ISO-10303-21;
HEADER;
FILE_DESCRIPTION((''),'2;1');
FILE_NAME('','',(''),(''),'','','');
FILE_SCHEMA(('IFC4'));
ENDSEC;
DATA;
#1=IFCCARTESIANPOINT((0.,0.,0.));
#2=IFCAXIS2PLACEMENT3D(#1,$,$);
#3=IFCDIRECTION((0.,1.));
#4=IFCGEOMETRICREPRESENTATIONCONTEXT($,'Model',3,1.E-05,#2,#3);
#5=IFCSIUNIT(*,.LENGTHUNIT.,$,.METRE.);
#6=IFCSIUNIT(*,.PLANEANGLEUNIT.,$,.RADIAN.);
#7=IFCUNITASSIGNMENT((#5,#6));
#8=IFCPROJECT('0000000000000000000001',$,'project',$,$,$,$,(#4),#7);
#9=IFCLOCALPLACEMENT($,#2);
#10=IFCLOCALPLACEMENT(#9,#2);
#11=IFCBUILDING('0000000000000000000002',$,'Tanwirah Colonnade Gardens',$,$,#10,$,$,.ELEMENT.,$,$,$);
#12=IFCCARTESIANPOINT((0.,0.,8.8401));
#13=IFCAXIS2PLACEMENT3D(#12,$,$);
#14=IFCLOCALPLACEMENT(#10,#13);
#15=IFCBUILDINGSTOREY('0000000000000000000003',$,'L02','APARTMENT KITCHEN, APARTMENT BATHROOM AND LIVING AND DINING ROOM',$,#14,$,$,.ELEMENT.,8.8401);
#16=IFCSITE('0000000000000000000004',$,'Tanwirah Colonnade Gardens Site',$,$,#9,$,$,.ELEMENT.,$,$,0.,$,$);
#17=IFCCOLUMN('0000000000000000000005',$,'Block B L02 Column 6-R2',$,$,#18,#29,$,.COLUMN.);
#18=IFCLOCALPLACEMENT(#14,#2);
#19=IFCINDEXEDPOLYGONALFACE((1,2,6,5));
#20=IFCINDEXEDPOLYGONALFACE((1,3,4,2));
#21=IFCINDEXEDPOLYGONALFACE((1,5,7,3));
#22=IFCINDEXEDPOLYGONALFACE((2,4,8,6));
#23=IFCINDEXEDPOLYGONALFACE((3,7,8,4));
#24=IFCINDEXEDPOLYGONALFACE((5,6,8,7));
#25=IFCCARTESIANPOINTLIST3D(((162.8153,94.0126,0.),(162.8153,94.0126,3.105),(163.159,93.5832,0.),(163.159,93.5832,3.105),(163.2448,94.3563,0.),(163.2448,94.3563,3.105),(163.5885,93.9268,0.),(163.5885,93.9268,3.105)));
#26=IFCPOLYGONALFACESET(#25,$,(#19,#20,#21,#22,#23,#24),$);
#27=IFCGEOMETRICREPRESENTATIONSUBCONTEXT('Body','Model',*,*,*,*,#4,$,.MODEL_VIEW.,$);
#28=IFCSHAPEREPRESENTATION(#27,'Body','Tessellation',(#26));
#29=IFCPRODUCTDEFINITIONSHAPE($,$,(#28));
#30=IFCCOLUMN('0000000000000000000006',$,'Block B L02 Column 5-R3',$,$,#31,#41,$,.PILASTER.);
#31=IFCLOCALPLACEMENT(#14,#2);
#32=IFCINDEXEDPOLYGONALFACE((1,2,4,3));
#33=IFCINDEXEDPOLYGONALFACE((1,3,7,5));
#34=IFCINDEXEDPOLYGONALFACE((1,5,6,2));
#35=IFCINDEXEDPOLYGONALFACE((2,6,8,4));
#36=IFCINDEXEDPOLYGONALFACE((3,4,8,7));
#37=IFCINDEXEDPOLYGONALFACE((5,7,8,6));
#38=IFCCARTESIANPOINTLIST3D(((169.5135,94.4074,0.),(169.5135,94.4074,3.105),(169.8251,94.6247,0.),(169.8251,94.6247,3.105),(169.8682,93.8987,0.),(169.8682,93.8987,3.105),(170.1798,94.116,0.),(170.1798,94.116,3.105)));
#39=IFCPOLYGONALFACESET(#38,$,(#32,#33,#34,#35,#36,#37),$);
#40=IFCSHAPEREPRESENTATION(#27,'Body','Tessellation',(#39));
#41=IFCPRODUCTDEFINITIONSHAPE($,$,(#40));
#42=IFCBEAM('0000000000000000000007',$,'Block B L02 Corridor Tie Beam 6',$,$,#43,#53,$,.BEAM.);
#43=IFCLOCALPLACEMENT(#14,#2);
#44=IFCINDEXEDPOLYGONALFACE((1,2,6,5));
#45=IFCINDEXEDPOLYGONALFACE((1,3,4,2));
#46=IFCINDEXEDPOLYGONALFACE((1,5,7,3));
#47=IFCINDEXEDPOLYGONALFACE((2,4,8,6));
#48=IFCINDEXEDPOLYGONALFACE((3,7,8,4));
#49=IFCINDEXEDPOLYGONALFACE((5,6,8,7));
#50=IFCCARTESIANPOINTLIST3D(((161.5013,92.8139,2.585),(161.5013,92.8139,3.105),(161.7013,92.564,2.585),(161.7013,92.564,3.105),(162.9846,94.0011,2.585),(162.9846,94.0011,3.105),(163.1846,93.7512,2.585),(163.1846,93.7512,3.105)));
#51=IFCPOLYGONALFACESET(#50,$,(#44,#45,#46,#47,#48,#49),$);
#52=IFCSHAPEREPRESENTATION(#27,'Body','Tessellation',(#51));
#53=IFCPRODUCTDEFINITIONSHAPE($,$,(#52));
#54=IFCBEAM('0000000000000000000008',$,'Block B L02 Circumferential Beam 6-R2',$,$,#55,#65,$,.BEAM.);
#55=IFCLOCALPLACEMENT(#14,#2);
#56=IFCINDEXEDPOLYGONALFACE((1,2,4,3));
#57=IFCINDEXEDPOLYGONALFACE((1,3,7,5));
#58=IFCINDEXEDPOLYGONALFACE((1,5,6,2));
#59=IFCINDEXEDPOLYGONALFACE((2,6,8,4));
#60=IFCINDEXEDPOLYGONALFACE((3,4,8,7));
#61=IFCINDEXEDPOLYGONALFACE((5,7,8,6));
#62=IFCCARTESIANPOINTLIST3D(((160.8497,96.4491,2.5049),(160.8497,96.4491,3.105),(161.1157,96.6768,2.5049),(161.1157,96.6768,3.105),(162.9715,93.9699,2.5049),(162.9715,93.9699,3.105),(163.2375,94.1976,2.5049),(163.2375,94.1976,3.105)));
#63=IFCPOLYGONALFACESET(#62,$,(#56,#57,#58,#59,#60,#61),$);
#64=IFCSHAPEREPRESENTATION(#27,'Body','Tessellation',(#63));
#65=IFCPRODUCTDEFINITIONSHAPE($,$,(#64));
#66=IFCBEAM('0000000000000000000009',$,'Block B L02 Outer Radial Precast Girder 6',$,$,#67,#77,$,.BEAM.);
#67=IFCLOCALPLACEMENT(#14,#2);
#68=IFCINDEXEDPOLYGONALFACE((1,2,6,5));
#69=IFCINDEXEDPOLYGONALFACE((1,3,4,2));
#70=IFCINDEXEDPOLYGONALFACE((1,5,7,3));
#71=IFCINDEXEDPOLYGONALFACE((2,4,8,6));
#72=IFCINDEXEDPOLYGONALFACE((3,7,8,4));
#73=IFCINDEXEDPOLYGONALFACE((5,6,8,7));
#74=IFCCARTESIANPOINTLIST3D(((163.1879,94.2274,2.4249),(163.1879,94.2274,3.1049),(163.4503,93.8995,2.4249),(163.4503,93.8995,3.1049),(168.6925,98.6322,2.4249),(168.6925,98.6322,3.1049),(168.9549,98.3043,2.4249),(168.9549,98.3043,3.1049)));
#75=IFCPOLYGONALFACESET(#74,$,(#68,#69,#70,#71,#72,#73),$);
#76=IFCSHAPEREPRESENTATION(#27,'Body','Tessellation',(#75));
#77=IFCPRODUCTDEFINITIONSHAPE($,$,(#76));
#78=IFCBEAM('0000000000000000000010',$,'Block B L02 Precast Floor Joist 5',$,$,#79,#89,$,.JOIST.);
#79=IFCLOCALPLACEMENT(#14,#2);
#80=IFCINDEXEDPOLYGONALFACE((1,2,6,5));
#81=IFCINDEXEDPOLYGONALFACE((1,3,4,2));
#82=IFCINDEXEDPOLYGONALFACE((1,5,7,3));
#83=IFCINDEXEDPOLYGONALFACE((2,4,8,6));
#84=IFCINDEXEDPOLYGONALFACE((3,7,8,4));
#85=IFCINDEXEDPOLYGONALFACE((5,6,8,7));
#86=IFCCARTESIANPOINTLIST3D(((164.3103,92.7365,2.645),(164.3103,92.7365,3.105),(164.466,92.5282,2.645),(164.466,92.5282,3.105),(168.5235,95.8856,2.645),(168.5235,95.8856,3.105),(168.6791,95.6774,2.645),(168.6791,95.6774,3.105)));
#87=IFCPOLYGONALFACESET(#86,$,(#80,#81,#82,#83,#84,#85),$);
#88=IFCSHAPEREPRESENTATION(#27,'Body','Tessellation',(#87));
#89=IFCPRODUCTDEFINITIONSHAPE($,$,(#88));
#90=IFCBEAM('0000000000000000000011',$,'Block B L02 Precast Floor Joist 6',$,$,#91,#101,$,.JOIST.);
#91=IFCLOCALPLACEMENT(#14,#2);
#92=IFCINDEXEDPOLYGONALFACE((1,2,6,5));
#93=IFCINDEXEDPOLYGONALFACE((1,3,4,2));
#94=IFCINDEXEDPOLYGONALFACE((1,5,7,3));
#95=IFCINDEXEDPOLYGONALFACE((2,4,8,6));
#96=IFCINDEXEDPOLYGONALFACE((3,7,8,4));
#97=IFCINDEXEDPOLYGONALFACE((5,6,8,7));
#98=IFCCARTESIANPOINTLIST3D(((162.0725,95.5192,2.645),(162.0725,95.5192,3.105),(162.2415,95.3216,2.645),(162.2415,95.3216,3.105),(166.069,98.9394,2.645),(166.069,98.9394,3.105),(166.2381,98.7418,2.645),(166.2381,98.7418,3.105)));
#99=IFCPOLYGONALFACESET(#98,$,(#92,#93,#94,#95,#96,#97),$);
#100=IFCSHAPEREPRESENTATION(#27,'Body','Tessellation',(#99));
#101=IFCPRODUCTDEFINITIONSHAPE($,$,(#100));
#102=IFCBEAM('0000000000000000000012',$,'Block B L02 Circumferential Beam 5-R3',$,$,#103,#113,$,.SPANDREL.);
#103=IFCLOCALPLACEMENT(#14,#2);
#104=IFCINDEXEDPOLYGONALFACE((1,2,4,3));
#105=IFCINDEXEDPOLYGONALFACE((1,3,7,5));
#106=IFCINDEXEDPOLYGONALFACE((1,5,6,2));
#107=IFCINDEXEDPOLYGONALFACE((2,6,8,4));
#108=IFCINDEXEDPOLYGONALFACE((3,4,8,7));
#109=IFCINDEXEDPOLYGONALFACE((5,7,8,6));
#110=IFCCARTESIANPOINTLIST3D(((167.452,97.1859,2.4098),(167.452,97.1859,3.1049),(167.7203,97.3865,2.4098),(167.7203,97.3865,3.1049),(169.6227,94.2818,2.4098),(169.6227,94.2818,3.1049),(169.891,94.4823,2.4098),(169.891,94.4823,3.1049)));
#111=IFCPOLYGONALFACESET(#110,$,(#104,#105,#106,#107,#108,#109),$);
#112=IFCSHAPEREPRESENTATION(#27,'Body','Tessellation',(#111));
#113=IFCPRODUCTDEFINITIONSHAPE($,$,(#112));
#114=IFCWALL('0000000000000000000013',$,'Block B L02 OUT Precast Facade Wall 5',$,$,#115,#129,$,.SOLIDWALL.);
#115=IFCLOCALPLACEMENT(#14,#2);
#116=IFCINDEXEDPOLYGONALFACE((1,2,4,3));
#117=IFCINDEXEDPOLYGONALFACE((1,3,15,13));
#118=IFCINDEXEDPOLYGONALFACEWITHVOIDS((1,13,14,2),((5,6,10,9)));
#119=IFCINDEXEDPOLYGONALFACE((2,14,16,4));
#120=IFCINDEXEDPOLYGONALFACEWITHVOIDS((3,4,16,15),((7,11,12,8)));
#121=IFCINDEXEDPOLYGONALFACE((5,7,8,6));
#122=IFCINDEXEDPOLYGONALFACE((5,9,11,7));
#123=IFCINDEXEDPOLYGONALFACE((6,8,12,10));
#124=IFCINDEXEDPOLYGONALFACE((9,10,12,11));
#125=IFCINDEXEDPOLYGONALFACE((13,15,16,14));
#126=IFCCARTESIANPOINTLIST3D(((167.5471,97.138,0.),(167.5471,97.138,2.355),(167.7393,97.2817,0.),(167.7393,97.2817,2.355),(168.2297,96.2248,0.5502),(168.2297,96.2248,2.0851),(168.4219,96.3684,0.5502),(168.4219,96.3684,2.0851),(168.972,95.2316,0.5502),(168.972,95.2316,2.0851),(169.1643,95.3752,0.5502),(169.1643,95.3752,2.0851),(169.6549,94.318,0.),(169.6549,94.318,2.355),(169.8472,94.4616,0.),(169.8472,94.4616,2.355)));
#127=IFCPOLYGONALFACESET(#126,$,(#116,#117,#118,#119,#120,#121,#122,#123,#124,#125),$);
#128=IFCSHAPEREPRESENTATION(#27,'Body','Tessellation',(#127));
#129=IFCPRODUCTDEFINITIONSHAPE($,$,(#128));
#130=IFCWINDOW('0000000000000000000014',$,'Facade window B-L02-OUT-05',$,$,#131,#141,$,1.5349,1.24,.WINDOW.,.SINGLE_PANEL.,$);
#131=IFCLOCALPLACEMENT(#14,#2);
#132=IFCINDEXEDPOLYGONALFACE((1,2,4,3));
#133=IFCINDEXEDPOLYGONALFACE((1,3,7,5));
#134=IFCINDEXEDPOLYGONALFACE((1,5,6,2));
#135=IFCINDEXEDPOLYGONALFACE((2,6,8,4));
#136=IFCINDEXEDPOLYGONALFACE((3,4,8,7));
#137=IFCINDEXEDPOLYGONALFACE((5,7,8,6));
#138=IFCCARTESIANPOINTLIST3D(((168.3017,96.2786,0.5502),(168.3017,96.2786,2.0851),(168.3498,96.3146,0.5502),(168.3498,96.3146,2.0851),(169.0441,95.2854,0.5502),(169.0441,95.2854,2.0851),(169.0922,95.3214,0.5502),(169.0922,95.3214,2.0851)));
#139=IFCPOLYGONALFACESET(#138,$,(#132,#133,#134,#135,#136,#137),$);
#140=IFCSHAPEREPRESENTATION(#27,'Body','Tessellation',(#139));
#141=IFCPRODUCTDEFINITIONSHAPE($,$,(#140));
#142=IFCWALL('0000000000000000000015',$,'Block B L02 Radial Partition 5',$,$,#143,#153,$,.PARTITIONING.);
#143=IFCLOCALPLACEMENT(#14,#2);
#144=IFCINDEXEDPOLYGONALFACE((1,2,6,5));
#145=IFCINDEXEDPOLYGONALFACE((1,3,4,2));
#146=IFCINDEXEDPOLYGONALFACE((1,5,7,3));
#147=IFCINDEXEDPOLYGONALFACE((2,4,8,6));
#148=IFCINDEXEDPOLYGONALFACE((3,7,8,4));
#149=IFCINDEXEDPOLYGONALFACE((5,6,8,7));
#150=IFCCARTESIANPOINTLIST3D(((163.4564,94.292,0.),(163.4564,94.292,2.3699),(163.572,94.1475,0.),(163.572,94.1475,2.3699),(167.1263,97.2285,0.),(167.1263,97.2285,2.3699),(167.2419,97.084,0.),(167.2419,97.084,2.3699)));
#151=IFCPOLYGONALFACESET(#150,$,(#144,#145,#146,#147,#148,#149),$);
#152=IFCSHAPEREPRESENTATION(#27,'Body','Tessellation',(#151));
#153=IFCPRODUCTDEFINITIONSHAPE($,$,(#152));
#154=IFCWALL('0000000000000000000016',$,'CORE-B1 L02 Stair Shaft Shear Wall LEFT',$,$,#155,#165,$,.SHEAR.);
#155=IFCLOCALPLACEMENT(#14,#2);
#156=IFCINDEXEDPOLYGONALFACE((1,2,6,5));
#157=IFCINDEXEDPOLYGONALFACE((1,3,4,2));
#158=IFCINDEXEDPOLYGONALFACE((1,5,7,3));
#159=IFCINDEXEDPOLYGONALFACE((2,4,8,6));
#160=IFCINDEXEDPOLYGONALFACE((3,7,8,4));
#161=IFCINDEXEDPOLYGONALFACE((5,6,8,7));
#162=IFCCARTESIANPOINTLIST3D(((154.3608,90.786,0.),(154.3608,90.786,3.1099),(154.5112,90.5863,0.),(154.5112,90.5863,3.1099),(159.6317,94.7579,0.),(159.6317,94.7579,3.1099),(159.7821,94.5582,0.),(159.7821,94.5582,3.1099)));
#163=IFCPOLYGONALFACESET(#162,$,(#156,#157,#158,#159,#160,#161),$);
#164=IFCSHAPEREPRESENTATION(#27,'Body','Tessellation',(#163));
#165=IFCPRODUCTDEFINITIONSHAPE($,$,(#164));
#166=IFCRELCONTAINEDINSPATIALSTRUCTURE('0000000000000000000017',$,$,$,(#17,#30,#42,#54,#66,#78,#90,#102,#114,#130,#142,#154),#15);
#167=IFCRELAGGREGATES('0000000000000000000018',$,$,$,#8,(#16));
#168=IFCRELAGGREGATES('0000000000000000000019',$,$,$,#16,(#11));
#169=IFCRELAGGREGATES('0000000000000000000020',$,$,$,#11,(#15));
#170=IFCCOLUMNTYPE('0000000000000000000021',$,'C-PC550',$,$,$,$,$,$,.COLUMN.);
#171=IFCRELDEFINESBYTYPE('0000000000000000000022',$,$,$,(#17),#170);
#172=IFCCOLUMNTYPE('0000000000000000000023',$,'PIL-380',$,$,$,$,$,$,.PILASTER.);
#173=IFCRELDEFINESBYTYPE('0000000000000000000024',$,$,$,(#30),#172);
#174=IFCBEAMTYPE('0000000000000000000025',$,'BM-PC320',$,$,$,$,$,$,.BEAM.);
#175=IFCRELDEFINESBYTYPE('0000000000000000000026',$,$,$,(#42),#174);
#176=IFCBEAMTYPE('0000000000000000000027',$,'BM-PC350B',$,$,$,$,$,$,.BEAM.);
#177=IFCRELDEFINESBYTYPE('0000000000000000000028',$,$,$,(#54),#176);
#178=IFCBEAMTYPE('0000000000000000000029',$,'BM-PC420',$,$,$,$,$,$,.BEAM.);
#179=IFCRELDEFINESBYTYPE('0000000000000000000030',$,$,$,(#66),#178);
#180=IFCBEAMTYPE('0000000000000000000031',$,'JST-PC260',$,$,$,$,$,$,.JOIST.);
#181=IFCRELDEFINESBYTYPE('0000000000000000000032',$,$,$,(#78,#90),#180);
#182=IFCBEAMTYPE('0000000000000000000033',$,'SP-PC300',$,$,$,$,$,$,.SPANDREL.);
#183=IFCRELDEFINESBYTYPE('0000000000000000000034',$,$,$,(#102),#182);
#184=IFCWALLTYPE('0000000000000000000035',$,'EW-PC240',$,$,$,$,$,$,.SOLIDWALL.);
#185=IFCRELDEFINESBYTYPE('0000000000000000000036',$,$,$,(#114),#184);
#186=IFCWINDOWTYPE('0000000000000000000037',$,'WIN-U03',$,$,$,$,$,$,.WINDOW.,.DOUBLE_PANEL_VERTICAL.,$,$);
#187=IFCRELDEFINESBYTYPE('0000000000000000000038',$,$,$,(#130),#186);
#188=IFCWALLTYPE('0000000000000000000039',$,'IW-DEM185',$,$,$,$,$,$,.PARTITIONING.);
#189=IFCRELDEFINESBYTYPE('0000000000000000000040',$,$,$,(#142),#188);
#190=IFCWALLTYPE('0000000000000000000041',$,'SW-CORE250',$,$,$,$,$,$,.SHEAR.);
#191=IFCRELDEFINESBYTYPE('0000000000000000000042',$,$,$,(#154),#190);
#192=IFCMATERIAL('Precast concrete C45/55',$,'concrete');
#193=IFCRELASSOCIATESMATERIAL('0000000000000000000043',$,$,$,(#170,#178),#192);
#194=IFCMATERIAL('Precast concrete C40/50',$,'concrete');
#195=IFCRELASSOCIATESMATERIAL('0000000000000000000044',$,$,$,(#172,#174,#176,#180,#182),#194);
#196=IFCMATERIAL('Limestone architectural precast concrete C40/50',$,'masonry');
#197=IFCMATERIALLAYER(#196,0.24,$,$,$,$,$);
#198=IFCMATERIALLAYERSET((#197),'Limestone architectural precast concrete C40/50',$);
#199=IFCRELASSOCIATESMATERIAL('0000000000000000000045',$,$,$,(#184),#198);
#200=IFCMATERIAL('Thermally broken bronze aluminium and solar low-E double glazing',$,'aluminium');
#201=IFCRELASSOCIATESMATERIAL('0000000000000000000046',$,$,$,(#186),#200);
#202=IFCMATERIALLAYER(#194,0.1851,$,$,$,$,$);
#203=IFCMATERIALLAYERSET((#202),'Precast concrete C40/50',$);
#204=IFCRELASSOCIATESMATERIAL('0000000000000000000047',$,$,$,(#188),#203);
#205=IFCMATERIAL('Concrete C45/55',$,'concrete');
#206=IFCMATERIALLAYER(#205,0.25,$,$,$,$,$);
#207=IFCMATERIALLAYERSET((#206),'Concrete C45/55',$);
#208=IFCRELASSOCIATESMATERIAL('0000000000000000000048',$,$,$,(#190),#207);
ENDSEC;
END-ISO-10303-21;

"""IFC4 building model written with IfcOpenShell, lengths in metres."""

from ifc_helpers import new_model, si_unit, direction, frame, frame_2d, origin, origin_2d, place, context, subcontext, project, spatial, rectangle, extrude, material, layer, layer_set, material_profile, profile_set, type_object, element, fill, save


model = new_model("IFC4")

# Units and contexts
model_context = context("Model", 3, precision=1e-05, world=origin(), true_north=direction((0.0, 1.0)))
body_context = subcontext(model_context, "Body", "Model", "MODEL_VIEW")
ifc_project = project(units=[si_unit("LENGTHUNIT", "METRE"), si_unit("PLANEANGLEUNIT", "RADIAN")], contexts=[model_context])

# Site, building, storey
site_placement = place(None, origin())
site = spatial("IfcSite", under=ifc_project, at=site_placement, Name="Tanwirah Colonnade Gardens Site", CompositionType="ELEMENT", RefElevation=0.0)
building_placement = place(site_placement, origin())
building = spatial("IfcBuilding", under=site, at=building_placement, Name="Tanwirah Colonnade Gardens", CompositionType="ELEMENT")
storey_placement = place(building_placement, frame((0.0, 0.0, 8.8401)))
storey = spatial("IfcBuildingStorey", under=building, at=storey_placement, Name="L02", Description="APARTMENT KITCHEN, APARTMENT BATHROOM AND LIVING AND DINING ROOM", CompositionType="ELEMENT", Elevation=8.8401)

# Columns
ifc_material_1 = material(Name="Precast concrete C45/55", Category="concrete")
ifc_material_profile_1 = material_profile(ifc_material_1, rectangle(XDim=0.55, YDim=0.55, at=origin_2d()), Name="PC-COL 550x550")
ifc_profile_set_1 = profile_set([ifc_material_profile_1], Name="Precast concrete C45/55")
column_type_1 = type_object("IfcColumnType", Name="C-PC550", PredefinedType="COLUMN", material=ifc_profile_set_1)
column_1_placement = place(storey_placement, frame((163.2019, 93.9697, 0.0), z_axis=(0.0, 0.0, 1.0), x_axis=(0.780794, 0.624789, 0.0)))
element("IfcColumn", 1, at=column_1_placement, inside=storey, type_object=column_type_1, Name="Block B L02 Column 6-R2", PredefinedType="COLUMN", context=body_context, shape_type="SweptSolid", body=[
    extrude(rectangle(XDim=0.55, YDim=0.55, at=origin_2d()), origin(), (0.0, 0.0, 1.0), 3.105),
])
ifc_material_2 = material(Name="Precast concrete C40/50", Category="concrete")
ifc_material_profile_2 = material_profile(ifc_material_2, rectangle(XDim=0.3799, YDim=0.6201, at=origin_2d()), Name="PC-PIL 380x620")
ifc_profile_set_2 = profile_set([ifc_material_profile_2], Name="Precast concrete C40/50")
column_type_2 = type_object("IfcColumnType", Name="PIL-380", PredefinedType="PILASTER", material=ifc_profile_set_2)
column_2_placement = place(storey_placement, frame((169.8467, 94.2617, 0.0), z_axis=(0.0, 0.0, 1.0), x_axis=(0.820263, 0.571987, 0.0)))
element("IfcColumn", 2, at=column_2_placement, inside=storey, type_object=column_type_2, Name="Block B L02 Column 5-R3", PredefinedType="PILASTER", context=body_context, shape_type="SweptSolid", body=[
    extrude(rectangle(XDim=0.3799, YDim=0.6201, at=origin_2d()), origin(), (0.0, 0.0, 1.0), 3.105),
])

# Beams
ifc_material_profile_3 = material_profile(ifc_material_2, rectangle(XDim=0.3201, YDim=0.52, at=origin_2d()), Name="PC-BM 320x520")
ifc_profile_set_3 = profile_set([ifc_material_profile_3], Name="Precast concrete C40/50")
beam_type_1 = type_object("IfcBeamType", Name="BM-PC320", PredefinedType="BEAM", material=ifc_profile_set_3)
beam_1_placement = place(storey_placement, frame((161.6013, 92.689, 2.845), z_axis=(0.780731, 0.624867, 0.0), x_axis=(-0.624867, 0.780731, 0.0)))
element("IfcBeam", 3, at=beam_1_placement, inside=storey, type_object=beam_type_1, Name="Block B L02 Corridor Tie Beam 6", PredefinedType="BEAM", context=body_context, shape_type="SweptSolid", body=[
    extrude(rectangle(XDim=0.3201, YDim=0.52, at=origin_2d()), origin(), (0.0, 0.0, 1.0), 1.8999),
])
ifc_material_profile_4 = material_profile(ifc_material_2, rectangle(XDim=0.3501, YDim=0.6001, at=origin_2d()), Name="PC-BM 350x600")
ifc_profile_set_4 = profile_set([ifc_material_profile_4], Name="Precast concrete C40/50")
beam_type_2 = type_object("IfcBeamType", Name="BM-PC350B", PredefinedType="BEAM", material=ifc_profile_set_4)
beam_2_placement = place(storey_placement, frame((163.1045, 94.0837, 2.8049), z_axis=(-0.650218, 0.759748, 0.0), x_axis=(-0.759748, -0.650218, 0.0)))
element("IfcBeam", 4, at=beam_2_placement, inside=storey, type_object=beam_type_2, Name="Block B L02 Circumferential Beam 6-R2", PredefinedType="BEAM", context=body_context, shape_type="SweptSolid", body=[
    extrude(rectangle(XDim=0.3501, YDim=0.6001, at=origin_2d()), origin(), (0.0, 0.0, 1.0), 3.2632),
])
ifc_material_profile_5 = material_profile(ifc_material_1, rectangle(XDim=0.4199, YDim=0.6799, at=origin_2d()), Name="PC-BM 420x680")
ifc_profile_set_5 = profile_set([ifc_material_profile_5], Name="Precast concrete C45/55")
beam_type_3 = type_object("IfcBeamType", Name="BM-PC420", PredefinedType="BEAM", material=ifc_profile_set_5)
beam_3_placement = place(storey_placement, frame((163.3191, 94.0635, 2.7649), z_axis=(0.780794, 0.624788, 0.0), x_axis=(-0.624788, 0.780794, 0.0)))
element("IfcBeam", 5, at=beam_3_placement, inside=storey, type_object=beam_type_3, Name="Block B L02 Outer Radial Precast Girder 6", PredefinedType="BEAM", context=body_context, shape_type="SweptSolid", body=[
    extrude(rectangle(XDim=0.4199, YDim=0.6799, at=origin_2d()), origin(), (0.0, 0.0, 1.0), 7.05),
])
ifc_material_profile_6 = material_profile(ifc_material_2, rectangle(XDim=0.26, YDim=0.46, at=origin_2d()), Name="PC-JST 260x460")
ifc_profile_set_6 = profile_set([ifc_material_profile_6], Name="Precast concrete C40/50")
beam_type_4 = type_object("IfcBeamType", Name="JST-PC260", PredefinedType="JOIST", material=ifc_profile_set_6)
beam_4_placement = place(storey_placement, frame((164.3882, 92.6323, 2.875), z_axis=(0.800974, 0.5987, 0.0), x_axis=(-0.5987, 0.800974, 0.0)))
element("IfcBeam", 6, at=beam_4_placement, inside=storey, type_object=beam_type_4, Name="Block B L02 Precast Floor Joist 5", PredefinedType="JOIST", context=body_context, shape_type="SweptSolid", body=[
    extrude(rectangle(XDim=0.26, YDim=0.46, at=origin_2d()), origin(), (0.0, 0.0, 1.0), 5.26),
])
beam_5_placement = place(storey_placement, frame((162.157, 95.4204, 2.875), z_axis=(0.759771, 0.650191, 0.0), x_axis=(-0.650191, 0.759771, 0.0)))
element("IfcBeam", 7, at=beam_5_placement, inside=storey, type_object=beam_type_4, Name="Block B L02 Precast Floor Joist 6", PredefinedType="JOIST", context=body_context, shape_type="SweptSolid", body=[
    extrude(rectangle(XDim=0.26, YDim=0.46, at=origin_2d()), origin(), (0.0, 0.0, 1.0), 5.2603),
])
ifc_material_profile_7 = material_profile(ifc_material_2, rectangle(XDim=0.335, YDim=0.6951, at=origin_2d()), Name="PC-SP 335x695")
ifc_profile_set_7 = profile_set([ifc_material_profile_7], Name="Precast concrete C40/50")
beam_type_5 = type_object("IfcBeamType", Name="SP-PC300", PredefinedType="SPANDREL", material=ifc_profile_set_7)
beam_6_placement = place(storey_placement, frame((169.7568, 94.3821, 2.7573), z_axis=(-0.598696, 0.800977, 0.0), x_axis=(-0.800977, -0.598696, 0.0)))
element("IfcBeam", 8, at=beam_6_placement, inside=storey, type_object=beam_type_5, Name="Block B L02 Circumferential Beam 5-R3", PredefinedType="SPANDREL", context=body_context, shape_type="SweptSolid", body=[
    extrude(rectangle(XDim=0.335, YDim=0.6951, at=origin_2d()), origin(), (0.0, 0.0, 1.0), 3.6257),
])

# Wall, opening, window
ifc_material_3 = material(Name="Limestone architectural precast concrete C40/50", Category="masonry")
ifc_layer_1 = layer(ifc_material_3, 0.24)
ifc_layer_set_1 = layer_set([ifc_layer_1], Name="Limestone architectural precast concrete C40/50")
wall_type_1 = type_object("IfcWallType", Name="EW-PC240", PredefinedType="SOLIDWALL", material=ifc_layer_set_1)
wall_1_placement = place(storey_placement, frame((169.751, 94.3899, 0.0), z_axis=(0.0, 0.0, 1.0), x_axis=(-0.598701, 0.800973, 0.0)))
wall_1 = element("IfcWall", 9, at=wall_1_placement, inside=storey, type_object=wall_type_1, Name="Block B L02 OUT Precast Facade Wall 5", PredefinedType="SOLIDWALL", context=body_context, shape_type="SweptSolid", body=[
    extrude(rectangle(XDim=3.5208, YDim=0.24, at=frame_2d((1.7603, 0.0))), origin(), (0.0, 0.0, 1.0), 2.355),
])
opening_1_placement = place(wall_1_placement, frame((1.1404, 0.0, 0.55)))
opening_1 = element("IfcOpeningElement", 10, at=opening_1_placement, cuts=wall_1, PredefinedType="OPENING", context=body_context, shape_type="SweptSolid", body=[
    extrude(rectangle(XDim=1.24, YDim=1.5349, at=frame_2d((0.6201, 0.7676))), frame((0.0, 0.1299, 0.0), z_axis=(0.0, -1.0, 0.0), x_axis=(1.0, 0.0, 0.0)), (0.0, 0.0, 1.0), 0.26),
])
ifc_material_4 = material(Name="Thermally broken bronze aluminium and solar low-E double glazing", Category="aluminium")
window_type = type_object("IfcWindowType", Name="WIN-U03", PartitioningType="DOUBLE_PANEL_VERTICAL", PredefinedType="WINDOW", material=ifc_material_4)
window_placement = place(opening_1_placement, origin())
window = element("IfcWindow", 11, at=window_placement, inside=storey, type_object=window_type, Name="Facade window B-L02-OUT-05", OverallHeight=1.5349, OverallWidth=1.24, PartitioningType="SINGLE_PANEL", PredefinedType="WINDOW", context=body_context, shape_type="SweptSolid", body=[
    extrude(rectangle(XDim=1.24, YDim=1.5349, at=frame_2d((0.6201, 0.7676))), frame((0.0, 0.03, 0.0), z_axis=(0.0, -1.0, 0.0), x_axis=(1.0, 0.0, 0.0)), (0.0, 0.0, 1.0), 0.0601),
])
fill(opening_1, window)

# Walls
ifc_layer_2 = layer(ifc_material_2, 0.1851)
ifc_layer_set_2 = layer_set([ifc_layer_2], Name="Precast concrete C40/50")
wall_type_2 = type_object("IfcWallType", Name="IW-DEM185", PredefinedType="PARTITIONING", material=ifc_layer_set_2)
wall_2_placement = place(storey_placement, frame((163.5142, 94.2197, 0.0), z_axis=(0.0, 0.0, 1.0), x_axis=(0.780808, 0.624771, 0.0)))
element("IfcWall", 12, at=wall_2_placement, inside=storey, type_object=wall_type_2, Name="Block B L02 Radial Partition 5", PredefinedType="PARTITIONING", context=body_context, shape_type="SweptSolid", body=[
    extrude(rectangle(XDim=4.7002, YDim=0.1851, at=frame_2d((2.3501, 0.0))), origin(), (0.0, 0.0, 1.0), 2.3699),
])
ifc_material_5 = material(Name="Concrete C45/55", Category="concrete")
ifc_layer_3 = layer(ifc_material_5, 0.25)
ifc_layer_set_3 = layer_set([ifc_layer_3], Name="Concrete C45/55")
wall_type_3 = type_object("IfcWallType", Name="SW-CORE250", PredefinedType="SHEAR", material=ifc_layer_set_3)
wall_3_placement = place(storey_placement, frame((159.7068, 94.658, 0.0), z_axis=(0.0, 0.0, 1.0), x_axis=(-0.79864, -0.60181, 0.0)))
element("IfcWall", 13, at=wall_3_placement, inside=storey, type_object=wall_type_3, Name="CORE-B1 L02 Stair Shaft Shear Wall LEFT", PredefinedType="SHEAR", context=body_context, shape_type="SweptSolid", body=[
    extrude(rectangle(XDim=6.5999, YDim=0.25, at=frame_2d((3.2998, 0.0))), origin(), (0.0, 0.0, 1.0), 3.1099),
])

save(model, "model.ifc")
